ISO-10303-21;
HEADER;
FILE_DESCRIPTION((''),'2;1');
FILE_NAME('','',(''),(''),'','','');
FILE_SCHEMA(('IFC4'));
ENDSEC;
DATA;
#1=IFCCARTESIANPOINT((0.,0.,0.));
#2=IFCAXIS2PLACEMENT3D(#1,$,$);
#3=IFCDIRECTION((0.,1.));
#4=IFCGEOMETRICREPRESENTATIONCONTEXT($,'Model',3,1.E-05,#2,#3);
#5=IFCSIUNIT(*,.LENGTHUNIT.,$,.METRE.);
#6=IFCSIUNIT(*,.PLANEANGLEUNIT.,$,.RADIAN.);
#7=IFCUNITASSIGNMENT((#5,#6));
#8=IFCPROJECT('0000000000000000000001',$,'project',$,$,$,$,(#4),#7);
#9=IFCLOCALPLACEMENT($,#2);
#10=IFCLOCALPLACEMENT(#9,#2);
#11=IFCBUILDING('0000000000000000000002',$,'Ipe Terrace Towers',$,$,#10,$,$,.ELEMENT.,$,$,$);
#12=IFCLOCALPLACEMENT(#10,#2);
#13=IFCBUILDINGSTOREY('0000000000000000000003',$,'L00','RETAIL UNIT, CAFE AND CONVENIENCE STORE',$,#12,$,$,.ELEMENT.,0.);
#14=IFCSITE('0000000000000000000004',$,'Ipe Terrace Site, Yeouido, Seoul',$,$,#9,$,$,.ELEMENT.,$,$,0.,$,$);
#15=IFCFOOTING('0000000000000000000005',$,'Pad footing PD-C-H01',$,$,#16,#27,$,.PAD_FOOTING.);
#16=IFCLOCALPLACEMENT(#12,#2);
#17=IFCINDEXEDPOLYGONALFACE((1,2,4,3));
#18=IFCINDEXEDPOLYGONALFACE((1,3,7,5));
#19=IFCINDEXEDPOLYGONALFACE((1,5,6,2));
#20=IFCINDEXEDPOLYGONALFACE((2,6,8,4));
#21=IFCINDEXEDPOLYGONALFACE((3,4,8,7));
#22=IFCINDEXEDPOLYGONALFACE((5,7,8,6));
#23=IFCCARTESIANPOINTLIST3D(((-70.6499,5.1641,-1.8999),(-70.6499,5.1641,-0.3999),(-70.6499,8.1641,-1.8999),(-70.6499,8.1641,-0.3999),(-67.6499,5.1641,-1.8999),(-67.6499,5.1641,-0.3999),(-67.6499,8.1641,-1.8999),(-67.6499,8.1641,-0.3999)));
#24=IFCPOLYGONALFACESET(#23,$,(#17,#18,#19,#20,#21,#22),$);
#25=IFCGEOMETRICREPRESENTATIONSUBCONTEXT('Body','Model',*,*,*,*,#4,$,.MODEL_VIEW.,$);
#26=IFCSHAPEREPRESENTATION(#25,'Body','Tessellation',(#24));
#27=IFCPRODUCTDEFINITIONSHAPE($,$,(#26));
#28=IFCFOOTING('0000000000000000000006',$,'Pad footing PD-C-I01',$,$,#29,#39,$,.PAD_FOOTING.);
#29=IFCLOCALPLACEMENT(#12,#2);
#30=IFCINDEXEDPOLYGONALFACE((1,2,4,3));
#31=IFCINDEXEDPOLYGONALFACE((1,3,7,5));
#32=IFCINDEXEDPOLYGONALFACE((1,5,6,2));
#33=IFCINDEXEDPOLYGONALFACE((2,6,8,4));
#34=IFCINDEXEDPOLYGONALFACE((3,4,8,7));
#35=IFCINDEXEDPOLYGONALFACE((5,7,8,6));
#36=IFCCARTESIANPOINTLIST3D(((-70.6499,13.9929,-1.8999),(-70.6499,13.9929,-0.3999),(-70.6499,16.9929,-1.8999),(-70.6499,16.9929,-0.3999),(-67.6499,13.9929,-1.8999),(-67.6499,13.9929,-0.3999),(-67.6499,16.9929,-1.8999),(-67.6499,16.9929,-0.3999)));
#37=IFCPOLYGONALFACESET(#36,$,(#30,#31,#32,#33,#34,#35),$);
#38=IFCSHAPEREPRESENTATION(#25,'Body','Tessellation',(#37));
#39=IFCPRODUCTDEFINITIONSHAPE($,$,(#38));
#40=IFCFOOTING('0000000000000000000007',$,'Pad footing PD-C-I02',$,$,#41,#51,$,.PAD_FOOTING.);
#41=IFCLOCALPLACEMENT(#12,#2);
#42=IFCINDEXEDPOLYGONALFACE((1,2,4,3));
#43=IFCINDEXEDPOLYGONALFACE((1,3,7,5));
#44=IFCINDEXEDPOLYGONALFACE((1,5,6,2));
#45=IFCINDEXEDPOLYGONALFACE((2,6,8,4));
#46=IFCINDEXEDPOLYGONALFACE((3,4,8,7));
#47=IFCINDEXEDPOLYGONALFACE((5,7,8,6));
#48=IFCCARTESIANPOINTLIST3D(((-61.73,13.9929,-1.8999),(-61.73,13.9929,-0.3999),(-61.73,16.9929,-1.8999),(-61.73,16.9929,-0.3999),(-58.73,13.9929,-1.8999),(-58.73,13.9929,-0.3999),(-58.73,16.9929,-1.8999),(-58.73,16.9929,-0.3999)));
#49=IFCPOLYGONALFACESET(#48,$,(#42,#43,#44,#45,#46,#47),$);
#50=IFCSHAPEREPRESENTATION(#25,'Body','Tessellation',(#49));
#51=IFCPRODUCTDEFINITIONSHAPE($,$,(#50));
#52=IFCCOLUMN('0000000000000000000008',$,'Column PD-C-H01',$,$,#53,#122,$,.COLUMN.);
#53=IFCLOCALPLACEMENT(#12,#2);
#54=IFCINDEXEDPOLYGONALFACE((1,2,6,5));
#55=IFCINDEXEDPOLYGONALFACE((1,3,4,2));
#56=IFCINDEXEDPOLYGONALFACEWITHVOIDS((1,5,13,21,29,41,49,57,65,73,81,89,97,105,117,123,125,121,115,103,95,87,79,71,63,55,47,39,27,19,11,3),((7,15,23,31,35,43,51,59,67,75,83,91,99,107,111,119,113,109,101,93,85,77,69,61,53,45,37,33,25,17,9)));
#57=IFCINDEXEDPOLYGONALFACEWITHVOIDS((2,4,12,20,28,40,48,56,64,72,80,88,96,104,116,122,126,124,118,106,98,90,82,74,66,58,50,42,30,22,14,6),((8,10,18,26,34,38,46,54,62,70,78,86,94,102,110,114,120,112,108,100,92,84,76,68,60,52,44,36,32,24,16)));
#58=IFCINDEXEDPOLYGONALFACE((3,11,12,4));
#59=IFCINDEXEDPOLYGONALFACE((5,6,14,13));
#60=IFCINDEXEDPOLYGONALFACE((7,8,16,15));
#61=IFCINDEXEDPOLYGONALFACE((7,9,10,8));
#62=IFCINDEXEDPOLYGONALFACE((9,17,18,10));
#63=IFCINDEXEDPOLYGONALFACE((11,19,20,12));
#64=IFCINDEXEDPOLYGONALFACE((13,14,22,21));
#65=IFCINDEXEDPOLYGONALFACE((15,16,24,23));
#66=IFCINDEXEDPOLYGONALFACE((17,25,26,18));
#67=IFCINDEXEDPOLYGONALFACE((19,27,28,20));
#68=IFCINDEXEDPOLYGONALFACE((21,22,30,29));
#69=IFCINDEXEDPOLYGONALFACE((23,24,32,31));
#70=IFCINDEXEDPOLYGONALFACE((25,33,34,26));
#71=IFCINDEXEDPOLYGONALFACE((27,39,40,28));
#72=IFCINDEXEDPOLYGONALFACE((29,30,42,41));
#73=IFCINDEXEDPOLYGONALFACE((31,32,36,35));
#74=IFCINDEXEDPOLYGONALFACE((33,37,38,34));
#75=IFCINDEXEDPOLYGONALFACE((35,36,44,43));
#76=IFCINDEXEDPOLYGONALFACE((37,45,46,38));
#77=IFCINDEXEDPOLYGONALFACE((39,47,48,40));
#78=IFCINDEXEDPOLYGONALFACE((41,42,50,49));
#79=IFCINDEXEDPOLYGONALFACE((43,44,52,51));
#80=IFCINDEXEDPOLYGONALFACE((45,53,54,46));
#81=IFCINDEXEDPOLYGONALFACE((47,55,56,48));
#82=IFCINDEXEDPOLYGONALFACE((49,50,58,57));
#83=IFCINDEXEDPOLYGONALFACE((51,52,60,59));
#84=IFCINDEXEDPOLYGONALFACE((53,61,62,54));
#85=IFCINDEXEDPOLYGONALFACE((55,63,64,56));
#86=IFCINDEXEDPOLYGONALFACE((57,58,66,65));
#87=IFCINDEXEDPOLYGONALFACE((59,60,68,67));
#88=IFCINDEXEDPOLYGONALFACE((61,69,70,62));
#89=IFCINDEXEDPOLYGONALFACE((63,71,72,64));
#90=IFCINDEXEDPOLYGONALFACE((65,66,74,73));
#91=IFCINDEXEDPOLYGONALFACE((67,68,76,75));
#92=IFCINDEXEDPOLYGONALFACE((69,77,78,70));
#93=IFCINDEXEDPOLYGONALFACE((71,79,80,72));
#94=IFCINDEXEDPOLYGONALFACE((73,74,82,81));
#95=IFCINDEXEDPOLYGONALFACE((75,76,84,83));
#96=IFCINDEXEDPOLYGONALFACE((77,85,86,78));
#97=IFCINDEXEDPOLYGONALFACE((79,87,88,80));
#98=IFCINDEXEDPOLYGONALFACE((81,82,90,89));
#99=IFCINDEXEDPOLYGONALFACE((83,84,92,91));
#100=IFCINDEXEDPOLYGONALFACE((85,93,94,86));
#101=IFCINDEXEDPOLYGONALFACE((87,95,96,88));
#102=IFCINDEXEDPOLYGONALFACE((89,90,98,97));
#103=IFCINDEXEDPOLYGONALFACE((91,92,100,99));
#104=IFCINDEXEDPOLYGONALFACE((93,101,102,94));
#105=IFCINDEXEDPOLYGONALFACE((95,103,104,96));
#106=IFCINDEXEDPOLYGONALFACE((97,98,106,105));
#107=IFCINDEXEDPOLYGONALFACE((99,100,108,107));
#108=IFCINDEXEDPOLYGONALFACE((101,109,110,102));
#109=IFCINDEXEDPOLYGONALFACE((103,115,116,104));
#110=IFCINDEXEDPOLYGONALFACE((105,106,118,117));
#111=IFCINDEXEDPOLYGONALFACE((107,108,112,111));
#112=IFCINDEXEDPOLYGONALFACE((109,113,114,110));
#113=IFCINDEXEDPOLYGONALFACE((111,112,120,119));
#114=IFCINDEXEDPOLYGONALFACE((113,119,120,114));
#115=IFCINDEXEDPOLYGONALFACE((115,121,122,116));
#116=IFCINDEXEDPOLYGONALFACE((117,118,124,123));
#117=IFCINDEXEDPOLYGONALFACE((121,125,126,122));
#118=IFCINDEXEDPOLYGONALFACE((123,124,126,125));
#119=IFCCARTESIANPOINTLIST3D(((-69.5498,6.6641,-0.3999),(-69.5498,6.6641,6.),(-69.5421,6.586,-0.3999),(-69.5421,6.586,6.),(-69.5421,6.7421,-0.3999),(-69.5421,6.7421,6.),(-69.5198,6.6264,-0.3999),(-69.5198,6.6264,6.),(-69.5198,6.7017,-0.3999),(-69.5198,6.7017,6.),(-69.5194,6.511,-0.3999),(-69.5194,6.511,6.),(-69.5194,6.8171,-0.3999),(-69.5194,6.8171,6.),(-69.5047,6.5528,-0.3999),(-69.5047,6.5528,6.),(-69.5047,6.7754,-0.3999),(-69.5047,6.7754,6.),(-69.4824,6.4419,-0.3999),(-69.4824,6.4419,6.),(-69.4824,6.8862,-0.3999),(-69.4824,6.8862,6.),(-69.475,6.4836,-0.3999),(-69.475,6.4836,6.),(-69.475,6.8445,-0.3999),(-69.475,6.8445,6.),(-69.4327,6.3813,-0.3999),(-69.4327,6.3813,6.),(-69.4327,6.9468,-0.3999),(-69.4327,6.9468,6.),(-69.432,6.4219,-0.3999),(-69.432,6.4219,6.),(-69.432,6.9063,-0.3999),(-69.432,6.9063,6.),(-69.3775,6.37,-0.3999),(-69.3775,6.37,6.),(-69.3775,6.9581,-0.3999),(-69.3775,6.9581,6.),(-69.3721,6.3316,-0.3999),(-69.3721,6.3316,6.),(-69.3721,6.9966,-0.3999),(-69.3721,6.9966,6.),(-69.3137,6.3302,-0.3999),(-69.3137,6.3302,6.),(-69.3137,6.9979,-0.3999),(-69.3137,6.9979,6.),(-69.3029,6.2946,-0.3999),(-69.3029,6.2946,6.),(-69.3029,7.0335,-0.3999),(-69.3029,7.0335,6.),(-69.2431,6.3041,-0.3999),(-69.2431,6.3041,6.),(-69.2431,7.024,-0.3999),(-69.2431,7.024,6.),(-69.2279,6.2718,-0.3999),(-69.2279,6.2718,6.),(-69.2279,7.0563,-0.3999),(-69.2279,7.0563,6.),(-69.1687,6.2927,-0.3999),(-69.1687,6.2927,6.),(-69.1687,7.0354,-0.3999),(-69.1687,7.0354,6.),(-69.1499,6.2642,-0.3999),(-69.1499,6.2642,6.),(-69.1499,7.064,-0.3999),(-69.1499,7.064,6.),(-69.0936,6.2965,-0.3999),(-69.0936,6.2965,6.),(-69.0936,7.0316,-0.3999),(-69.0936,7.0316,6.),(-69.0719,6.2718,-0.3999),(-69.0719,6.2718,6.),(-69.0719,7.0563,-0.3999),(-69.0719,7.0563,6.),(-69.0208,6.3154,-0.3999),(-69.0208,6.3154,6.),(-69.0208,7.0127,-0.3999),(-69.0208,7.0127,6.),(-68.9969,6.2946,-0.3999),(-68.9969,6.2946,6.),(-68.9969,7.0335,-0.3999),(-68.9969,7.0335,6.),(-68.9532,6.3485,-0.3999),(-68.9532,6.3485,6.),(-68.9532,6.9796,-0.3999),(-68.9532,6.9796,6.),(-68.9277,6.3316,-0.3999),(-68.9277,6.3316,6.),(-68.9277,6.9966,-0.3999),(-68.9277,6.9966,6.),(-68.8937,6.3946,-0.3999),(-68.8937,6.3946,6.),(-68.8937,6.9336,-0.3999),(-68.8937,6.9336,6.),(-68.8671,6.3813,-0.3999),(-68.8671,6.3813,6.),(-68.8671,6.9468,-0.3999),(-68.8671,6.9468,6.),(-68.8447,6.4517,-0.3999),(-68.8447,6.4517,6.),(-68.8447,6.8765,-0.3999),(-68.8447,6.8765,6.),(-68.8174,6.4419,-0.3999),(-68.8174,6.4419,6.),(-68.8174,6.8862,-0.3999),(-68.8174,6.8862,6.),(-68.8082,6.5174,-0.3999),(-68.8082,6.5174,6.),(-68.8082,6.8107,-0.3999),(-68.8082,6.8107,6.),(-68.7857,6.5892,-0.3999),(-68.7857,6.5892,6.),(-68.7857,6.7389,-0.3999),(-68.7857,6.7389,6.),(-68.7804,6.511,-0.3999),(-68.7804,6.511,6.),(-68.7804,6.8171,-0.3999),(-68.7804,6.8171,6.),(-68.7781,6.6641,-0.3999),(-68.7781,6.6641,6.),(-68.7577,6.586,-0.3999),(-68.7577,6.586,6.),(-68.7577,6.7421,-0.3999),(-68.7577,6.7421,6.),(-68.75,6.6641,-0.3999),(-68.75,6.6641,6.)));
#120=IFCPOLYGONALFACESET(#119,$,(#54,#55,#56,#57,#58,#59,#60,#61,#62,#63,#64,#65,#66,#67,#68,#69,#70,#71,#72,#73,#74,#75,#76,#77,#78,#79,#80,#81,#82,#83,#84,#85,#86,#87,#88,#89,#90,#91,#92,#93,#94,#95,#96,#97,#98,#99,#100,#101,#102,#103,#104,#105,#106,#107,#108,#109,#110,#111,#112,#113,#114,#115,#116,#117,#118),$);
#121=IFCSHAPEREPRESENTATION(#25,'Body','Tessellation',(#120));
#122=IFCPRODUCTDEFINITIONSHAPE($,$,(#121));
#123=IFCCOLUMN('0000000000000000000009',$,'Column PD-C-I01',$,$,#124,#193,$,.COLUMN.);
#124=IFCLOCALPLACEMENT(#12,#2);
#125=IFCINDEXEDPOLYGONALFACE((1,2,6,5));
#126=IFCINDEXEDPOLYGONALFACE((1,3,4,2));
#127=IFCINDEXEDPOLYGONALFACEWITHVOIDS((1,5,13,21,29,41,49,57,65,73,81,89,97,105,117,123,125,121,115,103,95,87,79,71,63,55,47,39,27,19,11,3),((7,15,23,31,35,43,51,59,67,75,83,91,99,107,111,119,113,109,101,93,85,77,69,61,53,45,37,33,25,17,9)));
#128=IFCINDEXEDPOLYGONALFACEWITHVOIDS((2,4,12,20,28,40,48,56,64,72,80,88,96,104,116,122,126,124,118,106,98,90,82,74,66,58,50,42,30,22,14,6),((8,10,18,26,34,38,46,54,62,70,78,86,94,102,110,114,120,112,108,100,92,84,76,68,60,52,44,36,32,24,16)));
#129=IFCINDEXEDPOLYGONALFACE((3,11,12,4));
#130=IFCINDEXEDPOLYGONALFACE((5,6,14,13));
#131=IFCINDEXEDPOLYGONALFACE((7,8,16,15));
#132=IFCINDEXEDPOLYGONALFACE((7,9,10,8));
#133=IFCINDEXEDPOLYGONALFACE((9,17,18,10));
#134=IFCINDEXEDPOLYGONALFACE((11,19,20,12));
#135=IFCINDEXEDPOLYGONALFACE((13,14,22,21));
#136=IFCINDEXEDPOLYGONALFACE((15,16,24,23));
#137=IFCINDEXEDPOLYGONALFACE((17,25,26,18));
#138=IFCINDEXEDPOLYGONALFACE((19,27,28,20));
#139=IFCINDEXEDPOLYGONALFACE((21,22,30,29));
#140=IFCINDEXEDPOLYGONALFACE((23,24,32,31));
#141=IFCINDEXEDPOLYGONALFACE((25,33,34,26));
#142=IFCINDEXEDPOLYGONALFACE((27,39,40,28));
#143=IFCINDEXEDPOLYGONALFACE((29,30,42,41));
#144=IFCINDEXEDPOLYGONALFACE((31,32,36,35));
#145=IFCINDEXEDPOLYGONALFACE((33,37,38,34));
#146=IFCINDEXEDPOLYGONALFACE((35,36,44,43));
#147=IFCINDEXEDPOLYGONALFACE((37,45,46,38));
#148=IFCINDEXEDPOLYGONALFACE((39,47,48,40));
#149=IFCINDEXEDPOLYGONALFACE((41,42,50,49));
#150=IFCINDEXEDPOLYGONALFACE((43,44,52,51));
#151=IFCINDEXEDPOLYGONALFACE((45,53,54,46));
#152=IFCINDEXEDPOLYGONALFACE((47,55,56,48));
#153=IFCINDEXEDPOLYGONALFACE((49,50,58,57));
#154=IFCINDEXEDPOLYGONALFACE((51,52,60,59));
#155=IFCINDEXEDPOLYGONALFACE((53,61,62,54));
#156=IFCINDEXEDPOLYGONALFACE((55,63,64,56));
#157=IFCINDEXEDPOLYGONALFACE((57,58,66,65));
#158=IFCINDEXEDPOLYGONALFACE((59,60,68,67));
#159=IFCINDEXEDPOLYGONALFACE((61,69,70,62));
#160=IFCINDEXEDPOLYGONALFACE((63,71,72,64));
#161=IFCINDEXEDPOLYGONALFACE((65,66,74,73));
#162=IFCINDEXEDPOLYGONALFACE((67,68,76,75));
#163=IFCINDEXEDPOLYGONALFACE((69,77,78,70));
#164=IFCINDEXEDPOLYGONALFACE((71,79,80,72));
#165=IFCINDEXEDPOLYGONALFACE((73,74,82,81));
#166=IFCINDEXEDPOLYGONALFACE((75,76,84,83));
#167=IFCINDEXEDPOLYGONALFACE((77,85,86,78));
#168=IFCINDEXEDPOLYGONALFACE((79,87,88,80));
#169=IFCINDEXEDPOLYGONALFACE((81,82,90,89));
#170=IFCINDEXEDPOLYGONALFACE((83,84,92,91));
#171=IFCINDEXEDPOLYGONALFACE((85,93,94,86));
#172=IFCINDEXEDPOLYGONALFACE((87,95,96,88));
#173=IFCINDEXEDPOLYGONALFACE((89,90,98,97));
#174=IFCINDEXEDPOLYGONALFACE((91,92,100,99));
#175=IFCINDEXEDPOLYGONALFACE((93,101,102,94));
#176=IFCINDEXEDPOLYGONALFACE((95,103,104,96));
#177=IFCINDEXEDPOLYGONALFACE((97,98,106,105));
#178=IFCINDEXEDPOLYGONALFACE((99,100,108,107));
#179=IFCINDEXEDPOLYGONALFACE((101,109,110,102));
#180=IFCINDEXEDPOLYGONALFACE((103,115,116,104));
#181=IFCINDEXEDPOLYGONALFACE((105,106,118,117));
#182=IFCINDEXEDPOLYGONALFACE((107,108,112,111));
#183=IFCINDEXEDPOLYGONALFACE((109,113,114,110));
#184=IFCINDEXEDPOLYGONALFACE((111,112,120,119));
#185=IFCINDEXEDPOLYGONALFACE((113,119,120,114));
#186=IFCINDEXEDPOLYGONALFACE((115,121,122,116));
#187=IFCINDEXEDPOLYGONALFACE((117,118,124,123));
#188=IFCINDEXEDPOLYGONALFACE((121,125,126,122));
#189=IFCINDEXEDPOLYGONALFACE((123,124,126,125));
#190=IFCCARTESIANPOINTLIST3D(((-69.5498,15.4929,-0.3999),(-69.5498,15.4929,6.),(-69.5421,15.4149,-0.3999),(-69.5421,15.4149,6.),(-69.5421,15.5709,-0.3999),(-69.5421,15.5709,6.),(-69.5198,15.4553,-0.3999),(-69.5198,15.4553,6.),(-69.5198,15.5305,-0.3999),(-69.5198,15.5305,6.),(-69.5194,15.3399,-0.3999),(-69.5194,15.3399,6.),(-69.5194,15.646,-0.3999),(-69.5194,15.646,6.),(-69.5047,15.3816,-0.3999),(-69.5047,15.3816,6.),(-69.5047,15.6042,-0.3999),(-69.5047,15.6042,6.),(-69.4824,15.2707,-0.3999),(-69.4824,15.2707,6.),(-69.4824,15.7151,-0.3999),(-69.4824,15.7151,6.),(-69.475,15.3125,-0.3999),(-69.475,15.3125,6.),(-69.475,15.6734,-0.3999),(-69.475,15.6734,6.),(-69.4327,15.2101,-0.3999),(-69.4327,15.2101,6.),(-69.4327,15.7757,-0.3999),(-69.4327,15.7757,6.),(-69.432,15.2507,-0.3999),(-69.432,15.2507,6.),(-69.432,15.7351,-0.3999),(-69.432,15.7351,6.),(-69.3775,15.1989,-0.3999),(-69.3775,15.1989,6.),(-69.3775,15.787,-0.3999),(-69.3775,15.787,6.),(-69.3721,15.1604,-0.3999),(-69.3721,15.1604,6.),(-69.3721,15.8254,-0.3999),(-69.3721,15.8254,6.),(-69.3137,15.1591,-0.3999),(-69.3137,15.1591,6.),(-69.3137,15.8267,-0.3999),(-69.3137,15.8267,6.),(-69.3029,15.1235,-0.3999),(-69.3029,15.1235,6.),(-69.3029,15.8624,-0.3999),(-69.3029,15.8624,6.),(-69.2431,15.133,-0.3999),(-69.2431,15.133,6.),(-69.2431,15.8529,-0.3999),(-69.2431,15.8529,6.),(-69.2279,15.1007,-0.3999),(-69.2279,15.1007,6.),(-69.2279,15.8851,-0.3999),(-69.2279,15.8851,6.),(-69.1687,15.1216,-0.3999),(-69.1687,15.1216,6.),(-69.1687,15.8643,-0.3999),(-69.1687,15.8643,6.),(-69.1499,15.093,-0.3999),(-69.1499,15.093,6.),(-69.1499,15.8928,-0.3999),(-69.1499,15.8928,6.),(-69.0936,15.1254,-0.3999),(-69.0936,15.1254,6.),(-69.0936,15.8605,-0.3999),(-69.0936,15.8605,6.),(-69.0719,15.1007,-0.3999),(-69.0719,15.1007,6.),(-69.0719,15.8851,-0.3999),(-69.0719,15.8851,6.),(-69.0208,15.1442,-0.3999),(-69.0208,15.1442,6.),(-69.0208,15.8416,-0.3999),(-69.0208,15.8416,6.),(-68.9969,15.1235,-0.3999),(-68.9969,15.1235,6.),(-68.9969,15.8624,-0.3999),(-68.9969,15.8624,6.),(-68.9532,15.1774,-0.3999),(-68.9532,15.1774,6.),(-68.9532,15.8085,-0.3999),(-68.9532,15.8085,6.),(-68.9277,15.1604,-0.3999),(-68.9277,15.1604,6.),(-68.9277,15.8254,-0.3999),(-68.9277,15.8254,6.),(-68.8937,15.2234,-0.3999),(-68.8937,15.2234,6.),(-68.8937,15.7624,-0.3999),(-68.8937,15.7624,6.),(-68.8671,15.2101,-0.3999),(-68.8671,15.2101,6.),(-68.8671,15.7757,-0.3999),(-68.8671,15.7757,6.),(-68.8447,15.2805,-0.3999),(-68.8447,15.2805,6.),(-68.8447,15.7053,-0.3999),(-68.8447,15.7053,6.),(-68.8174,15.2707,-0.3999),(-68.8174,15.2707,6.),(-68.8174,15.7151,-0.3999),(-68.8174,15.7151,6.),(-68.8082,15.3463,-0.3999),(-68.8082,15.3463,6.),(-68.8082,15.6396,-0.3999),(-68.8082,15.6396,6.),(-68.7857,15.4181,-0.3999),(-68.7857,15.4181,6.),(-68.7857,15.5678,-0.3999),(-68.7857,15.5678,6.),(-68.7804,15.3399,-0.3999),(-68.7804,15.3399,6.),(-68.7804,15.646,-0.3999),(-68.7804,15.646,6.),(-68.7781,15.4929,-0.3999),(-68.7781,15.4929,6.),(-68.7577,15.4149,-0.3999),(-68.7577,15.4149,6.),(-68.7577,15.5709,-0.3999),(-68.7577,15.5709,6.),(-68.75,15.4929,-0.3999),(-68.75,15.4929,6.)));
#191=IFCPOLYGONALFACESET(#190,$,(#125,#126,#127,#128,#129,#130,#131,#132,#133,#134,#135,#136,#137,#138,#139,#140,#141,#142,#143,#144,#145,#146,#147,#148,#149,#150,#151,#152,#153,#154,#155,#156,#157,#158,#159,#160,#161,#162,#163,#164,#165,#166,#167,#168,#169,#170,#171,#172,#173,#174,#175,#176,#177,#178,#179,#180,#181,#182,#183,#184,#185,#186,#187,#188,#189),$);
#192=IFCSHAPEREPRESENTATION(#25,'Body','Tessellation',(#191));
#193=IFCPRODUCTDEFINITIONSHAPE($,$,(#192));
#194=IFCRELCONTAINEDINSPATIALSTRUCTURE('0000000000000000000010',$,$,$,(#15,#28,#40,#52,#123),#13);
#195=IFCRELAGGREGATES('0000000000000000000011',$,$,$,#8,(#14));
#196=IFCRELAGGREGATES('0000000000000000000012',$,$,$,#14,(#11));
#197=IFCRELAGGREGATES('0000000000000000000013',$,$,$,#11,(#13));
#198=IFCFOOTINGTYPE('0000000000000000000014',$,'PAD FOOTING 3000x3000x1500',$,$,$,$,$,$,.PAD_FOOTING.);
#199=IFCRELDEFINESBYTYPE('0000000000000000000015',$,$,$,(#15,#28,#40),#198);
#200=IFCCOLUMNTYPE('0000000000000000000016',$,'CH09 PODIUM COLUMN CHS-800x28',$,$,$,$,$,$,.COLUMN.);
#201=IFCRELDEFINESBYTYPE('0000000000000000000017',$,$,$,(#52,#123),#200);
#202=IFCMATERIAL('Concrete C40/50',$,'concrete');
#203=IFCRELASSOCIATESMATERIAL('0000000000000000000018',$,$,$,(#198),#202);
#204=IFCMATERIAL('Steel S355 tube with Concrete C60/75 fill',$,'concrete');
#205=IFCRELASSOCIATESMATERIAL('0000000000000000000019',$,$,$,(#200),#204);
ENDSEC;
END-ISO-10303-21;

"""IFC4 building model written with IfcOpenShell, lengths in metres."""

from ifc_helpers import new_model, si_unit, direction, frame, origin, origin_2d, place, context, subcontext, project, spatial, rectangle, hollow_circle, extrude, material, material_profile, profile_set, type_object, element, save


model = new_model("IFC4")

# Units and contexts
model_context = context("Model", 3, precision=1e-05, world=origin(), true_north=direction((0.0, 1.0)))
body_context = subcontext(model_context, "Body", "Model", "MODEL_VIEW")
ifc_project = project(units=[si_unit("LENGTHUNIT", "METRE"), si_unit("PLANEANGLEUNIT", "RADIAN")], contexts=[model_context])

# Site, building, storey
site_placement = place(None, origin())
site = spatial("IfcSite", under=ifc_project, at=site_placement, Name="Ipe Terrace Site, Yeouido, Seoul", CompositionType="ELEMENT", RefElevation=0.0)
building_placement = place(site_placement, origin())
building = spatial("IfcBuilding", under=site, at=building_placement, Name="Ipe Terrace Towers", CompositionType="ELEMENT")
storey_placement = place(building_placement, origin())
storey = spatial("IfcBuildingStorey", under=building, at=storey_placement, Name="L00", Description="RETAIL UNIT, CAFE AND CONVENIENCE STORE", CompositionType="ELEMENT", Elevation=0.0)

# Footings
ifc_material_1 = material(Name="Concrete C40/50", Category="concrete")
footing_type = type_object("IfcFootingType", Name="PAD FOOTING 3000x3000x1500", PredefinedType="PAD_FOOTING", material=ifc_material_1)
for number, where, z_axis, x_axis, name in (
    (1, (-69.1499, 6.6641, -1.8999), (0.0, 0.0, 1.0), (1.0, 0.0, 0.0), "Pad footing PD-C-H01"),
    (2, (-69.1499, 15.4929, -1.8999), (0.0, 0.0, 1.0), (1.0, 0.0, 0.0), "Pad footing PD-C-I01"),
    (3, (-60.23, 15.4929, -1.8999), (0.0, 0.0, 1.0), (1.0, 0.0, 0.0), "Pad footing PD-C-I02"),
):
    element("IfcFooting", number, at=place(storey_placement, frame(where, z_axis=z_axis, x_axis=x_axis)), inside=storey, type_object=footing_type, Name=name, PredefinedType="PAD_FOOTING", context=body_context, shape_type="SweptSolid", body=[
        extrude(rectangle(XDim=3.0, YDim=3.0, at=origin_2d()), origin(), (0.0, 0.0, 1.0), 1.5),
    ])

# Columns
ifc_material_2 = material(Name="Steel S355 tube with Concrete C60/75 fill", Category="concrete")
ifc_material_profile_1 = material_profile(ifc_material_2, hollow_circle(Radius=0.3999, WallThickness=0.0281, at=origin_2d()), Name="CHS-800x28")
ifc_profile_set_1 = profile_set([ifc_material_profile_1], Name="Steel S355 tube with Concrete C60/75 fill")
column_type = type_object("IfcColumnType", Name="CH09 PODIUM COLUMN CHS-800x28", PredefinedType="COLUMN", material=ifc_profile_set_1)
for number, where, z_axis, x_axis, name in (
    (4, (-69.1499, 6.6641, -0.3999), (0.0, 0.0, 1.0), (1.0, 0.0, 0.0), "Column PD-C-H01"),
    (5, (-69.1499, 15.4929, -0.3999), (0.0, 0.0, 1.0), (1.0, 0.0, 0.0), "Column PD-C-I01"),
):
    element("IfcColumn", number, at=place(storey_placement, frame(where, z_axis=z_axis, x_axis=x_axis)), inside=storey, type_object=column_type, Name=name, PredefinedType="COLUMN", context=body_context, shape_type="SweptSolid", body=[
        extrude(hollow_circle(Radius=0.3999, WallThickness=0.0281, at=origin_2d()), origin(), (0.0, 0.0, 1.0), 6.3999),
    ])

save(model, "model.ifc")
